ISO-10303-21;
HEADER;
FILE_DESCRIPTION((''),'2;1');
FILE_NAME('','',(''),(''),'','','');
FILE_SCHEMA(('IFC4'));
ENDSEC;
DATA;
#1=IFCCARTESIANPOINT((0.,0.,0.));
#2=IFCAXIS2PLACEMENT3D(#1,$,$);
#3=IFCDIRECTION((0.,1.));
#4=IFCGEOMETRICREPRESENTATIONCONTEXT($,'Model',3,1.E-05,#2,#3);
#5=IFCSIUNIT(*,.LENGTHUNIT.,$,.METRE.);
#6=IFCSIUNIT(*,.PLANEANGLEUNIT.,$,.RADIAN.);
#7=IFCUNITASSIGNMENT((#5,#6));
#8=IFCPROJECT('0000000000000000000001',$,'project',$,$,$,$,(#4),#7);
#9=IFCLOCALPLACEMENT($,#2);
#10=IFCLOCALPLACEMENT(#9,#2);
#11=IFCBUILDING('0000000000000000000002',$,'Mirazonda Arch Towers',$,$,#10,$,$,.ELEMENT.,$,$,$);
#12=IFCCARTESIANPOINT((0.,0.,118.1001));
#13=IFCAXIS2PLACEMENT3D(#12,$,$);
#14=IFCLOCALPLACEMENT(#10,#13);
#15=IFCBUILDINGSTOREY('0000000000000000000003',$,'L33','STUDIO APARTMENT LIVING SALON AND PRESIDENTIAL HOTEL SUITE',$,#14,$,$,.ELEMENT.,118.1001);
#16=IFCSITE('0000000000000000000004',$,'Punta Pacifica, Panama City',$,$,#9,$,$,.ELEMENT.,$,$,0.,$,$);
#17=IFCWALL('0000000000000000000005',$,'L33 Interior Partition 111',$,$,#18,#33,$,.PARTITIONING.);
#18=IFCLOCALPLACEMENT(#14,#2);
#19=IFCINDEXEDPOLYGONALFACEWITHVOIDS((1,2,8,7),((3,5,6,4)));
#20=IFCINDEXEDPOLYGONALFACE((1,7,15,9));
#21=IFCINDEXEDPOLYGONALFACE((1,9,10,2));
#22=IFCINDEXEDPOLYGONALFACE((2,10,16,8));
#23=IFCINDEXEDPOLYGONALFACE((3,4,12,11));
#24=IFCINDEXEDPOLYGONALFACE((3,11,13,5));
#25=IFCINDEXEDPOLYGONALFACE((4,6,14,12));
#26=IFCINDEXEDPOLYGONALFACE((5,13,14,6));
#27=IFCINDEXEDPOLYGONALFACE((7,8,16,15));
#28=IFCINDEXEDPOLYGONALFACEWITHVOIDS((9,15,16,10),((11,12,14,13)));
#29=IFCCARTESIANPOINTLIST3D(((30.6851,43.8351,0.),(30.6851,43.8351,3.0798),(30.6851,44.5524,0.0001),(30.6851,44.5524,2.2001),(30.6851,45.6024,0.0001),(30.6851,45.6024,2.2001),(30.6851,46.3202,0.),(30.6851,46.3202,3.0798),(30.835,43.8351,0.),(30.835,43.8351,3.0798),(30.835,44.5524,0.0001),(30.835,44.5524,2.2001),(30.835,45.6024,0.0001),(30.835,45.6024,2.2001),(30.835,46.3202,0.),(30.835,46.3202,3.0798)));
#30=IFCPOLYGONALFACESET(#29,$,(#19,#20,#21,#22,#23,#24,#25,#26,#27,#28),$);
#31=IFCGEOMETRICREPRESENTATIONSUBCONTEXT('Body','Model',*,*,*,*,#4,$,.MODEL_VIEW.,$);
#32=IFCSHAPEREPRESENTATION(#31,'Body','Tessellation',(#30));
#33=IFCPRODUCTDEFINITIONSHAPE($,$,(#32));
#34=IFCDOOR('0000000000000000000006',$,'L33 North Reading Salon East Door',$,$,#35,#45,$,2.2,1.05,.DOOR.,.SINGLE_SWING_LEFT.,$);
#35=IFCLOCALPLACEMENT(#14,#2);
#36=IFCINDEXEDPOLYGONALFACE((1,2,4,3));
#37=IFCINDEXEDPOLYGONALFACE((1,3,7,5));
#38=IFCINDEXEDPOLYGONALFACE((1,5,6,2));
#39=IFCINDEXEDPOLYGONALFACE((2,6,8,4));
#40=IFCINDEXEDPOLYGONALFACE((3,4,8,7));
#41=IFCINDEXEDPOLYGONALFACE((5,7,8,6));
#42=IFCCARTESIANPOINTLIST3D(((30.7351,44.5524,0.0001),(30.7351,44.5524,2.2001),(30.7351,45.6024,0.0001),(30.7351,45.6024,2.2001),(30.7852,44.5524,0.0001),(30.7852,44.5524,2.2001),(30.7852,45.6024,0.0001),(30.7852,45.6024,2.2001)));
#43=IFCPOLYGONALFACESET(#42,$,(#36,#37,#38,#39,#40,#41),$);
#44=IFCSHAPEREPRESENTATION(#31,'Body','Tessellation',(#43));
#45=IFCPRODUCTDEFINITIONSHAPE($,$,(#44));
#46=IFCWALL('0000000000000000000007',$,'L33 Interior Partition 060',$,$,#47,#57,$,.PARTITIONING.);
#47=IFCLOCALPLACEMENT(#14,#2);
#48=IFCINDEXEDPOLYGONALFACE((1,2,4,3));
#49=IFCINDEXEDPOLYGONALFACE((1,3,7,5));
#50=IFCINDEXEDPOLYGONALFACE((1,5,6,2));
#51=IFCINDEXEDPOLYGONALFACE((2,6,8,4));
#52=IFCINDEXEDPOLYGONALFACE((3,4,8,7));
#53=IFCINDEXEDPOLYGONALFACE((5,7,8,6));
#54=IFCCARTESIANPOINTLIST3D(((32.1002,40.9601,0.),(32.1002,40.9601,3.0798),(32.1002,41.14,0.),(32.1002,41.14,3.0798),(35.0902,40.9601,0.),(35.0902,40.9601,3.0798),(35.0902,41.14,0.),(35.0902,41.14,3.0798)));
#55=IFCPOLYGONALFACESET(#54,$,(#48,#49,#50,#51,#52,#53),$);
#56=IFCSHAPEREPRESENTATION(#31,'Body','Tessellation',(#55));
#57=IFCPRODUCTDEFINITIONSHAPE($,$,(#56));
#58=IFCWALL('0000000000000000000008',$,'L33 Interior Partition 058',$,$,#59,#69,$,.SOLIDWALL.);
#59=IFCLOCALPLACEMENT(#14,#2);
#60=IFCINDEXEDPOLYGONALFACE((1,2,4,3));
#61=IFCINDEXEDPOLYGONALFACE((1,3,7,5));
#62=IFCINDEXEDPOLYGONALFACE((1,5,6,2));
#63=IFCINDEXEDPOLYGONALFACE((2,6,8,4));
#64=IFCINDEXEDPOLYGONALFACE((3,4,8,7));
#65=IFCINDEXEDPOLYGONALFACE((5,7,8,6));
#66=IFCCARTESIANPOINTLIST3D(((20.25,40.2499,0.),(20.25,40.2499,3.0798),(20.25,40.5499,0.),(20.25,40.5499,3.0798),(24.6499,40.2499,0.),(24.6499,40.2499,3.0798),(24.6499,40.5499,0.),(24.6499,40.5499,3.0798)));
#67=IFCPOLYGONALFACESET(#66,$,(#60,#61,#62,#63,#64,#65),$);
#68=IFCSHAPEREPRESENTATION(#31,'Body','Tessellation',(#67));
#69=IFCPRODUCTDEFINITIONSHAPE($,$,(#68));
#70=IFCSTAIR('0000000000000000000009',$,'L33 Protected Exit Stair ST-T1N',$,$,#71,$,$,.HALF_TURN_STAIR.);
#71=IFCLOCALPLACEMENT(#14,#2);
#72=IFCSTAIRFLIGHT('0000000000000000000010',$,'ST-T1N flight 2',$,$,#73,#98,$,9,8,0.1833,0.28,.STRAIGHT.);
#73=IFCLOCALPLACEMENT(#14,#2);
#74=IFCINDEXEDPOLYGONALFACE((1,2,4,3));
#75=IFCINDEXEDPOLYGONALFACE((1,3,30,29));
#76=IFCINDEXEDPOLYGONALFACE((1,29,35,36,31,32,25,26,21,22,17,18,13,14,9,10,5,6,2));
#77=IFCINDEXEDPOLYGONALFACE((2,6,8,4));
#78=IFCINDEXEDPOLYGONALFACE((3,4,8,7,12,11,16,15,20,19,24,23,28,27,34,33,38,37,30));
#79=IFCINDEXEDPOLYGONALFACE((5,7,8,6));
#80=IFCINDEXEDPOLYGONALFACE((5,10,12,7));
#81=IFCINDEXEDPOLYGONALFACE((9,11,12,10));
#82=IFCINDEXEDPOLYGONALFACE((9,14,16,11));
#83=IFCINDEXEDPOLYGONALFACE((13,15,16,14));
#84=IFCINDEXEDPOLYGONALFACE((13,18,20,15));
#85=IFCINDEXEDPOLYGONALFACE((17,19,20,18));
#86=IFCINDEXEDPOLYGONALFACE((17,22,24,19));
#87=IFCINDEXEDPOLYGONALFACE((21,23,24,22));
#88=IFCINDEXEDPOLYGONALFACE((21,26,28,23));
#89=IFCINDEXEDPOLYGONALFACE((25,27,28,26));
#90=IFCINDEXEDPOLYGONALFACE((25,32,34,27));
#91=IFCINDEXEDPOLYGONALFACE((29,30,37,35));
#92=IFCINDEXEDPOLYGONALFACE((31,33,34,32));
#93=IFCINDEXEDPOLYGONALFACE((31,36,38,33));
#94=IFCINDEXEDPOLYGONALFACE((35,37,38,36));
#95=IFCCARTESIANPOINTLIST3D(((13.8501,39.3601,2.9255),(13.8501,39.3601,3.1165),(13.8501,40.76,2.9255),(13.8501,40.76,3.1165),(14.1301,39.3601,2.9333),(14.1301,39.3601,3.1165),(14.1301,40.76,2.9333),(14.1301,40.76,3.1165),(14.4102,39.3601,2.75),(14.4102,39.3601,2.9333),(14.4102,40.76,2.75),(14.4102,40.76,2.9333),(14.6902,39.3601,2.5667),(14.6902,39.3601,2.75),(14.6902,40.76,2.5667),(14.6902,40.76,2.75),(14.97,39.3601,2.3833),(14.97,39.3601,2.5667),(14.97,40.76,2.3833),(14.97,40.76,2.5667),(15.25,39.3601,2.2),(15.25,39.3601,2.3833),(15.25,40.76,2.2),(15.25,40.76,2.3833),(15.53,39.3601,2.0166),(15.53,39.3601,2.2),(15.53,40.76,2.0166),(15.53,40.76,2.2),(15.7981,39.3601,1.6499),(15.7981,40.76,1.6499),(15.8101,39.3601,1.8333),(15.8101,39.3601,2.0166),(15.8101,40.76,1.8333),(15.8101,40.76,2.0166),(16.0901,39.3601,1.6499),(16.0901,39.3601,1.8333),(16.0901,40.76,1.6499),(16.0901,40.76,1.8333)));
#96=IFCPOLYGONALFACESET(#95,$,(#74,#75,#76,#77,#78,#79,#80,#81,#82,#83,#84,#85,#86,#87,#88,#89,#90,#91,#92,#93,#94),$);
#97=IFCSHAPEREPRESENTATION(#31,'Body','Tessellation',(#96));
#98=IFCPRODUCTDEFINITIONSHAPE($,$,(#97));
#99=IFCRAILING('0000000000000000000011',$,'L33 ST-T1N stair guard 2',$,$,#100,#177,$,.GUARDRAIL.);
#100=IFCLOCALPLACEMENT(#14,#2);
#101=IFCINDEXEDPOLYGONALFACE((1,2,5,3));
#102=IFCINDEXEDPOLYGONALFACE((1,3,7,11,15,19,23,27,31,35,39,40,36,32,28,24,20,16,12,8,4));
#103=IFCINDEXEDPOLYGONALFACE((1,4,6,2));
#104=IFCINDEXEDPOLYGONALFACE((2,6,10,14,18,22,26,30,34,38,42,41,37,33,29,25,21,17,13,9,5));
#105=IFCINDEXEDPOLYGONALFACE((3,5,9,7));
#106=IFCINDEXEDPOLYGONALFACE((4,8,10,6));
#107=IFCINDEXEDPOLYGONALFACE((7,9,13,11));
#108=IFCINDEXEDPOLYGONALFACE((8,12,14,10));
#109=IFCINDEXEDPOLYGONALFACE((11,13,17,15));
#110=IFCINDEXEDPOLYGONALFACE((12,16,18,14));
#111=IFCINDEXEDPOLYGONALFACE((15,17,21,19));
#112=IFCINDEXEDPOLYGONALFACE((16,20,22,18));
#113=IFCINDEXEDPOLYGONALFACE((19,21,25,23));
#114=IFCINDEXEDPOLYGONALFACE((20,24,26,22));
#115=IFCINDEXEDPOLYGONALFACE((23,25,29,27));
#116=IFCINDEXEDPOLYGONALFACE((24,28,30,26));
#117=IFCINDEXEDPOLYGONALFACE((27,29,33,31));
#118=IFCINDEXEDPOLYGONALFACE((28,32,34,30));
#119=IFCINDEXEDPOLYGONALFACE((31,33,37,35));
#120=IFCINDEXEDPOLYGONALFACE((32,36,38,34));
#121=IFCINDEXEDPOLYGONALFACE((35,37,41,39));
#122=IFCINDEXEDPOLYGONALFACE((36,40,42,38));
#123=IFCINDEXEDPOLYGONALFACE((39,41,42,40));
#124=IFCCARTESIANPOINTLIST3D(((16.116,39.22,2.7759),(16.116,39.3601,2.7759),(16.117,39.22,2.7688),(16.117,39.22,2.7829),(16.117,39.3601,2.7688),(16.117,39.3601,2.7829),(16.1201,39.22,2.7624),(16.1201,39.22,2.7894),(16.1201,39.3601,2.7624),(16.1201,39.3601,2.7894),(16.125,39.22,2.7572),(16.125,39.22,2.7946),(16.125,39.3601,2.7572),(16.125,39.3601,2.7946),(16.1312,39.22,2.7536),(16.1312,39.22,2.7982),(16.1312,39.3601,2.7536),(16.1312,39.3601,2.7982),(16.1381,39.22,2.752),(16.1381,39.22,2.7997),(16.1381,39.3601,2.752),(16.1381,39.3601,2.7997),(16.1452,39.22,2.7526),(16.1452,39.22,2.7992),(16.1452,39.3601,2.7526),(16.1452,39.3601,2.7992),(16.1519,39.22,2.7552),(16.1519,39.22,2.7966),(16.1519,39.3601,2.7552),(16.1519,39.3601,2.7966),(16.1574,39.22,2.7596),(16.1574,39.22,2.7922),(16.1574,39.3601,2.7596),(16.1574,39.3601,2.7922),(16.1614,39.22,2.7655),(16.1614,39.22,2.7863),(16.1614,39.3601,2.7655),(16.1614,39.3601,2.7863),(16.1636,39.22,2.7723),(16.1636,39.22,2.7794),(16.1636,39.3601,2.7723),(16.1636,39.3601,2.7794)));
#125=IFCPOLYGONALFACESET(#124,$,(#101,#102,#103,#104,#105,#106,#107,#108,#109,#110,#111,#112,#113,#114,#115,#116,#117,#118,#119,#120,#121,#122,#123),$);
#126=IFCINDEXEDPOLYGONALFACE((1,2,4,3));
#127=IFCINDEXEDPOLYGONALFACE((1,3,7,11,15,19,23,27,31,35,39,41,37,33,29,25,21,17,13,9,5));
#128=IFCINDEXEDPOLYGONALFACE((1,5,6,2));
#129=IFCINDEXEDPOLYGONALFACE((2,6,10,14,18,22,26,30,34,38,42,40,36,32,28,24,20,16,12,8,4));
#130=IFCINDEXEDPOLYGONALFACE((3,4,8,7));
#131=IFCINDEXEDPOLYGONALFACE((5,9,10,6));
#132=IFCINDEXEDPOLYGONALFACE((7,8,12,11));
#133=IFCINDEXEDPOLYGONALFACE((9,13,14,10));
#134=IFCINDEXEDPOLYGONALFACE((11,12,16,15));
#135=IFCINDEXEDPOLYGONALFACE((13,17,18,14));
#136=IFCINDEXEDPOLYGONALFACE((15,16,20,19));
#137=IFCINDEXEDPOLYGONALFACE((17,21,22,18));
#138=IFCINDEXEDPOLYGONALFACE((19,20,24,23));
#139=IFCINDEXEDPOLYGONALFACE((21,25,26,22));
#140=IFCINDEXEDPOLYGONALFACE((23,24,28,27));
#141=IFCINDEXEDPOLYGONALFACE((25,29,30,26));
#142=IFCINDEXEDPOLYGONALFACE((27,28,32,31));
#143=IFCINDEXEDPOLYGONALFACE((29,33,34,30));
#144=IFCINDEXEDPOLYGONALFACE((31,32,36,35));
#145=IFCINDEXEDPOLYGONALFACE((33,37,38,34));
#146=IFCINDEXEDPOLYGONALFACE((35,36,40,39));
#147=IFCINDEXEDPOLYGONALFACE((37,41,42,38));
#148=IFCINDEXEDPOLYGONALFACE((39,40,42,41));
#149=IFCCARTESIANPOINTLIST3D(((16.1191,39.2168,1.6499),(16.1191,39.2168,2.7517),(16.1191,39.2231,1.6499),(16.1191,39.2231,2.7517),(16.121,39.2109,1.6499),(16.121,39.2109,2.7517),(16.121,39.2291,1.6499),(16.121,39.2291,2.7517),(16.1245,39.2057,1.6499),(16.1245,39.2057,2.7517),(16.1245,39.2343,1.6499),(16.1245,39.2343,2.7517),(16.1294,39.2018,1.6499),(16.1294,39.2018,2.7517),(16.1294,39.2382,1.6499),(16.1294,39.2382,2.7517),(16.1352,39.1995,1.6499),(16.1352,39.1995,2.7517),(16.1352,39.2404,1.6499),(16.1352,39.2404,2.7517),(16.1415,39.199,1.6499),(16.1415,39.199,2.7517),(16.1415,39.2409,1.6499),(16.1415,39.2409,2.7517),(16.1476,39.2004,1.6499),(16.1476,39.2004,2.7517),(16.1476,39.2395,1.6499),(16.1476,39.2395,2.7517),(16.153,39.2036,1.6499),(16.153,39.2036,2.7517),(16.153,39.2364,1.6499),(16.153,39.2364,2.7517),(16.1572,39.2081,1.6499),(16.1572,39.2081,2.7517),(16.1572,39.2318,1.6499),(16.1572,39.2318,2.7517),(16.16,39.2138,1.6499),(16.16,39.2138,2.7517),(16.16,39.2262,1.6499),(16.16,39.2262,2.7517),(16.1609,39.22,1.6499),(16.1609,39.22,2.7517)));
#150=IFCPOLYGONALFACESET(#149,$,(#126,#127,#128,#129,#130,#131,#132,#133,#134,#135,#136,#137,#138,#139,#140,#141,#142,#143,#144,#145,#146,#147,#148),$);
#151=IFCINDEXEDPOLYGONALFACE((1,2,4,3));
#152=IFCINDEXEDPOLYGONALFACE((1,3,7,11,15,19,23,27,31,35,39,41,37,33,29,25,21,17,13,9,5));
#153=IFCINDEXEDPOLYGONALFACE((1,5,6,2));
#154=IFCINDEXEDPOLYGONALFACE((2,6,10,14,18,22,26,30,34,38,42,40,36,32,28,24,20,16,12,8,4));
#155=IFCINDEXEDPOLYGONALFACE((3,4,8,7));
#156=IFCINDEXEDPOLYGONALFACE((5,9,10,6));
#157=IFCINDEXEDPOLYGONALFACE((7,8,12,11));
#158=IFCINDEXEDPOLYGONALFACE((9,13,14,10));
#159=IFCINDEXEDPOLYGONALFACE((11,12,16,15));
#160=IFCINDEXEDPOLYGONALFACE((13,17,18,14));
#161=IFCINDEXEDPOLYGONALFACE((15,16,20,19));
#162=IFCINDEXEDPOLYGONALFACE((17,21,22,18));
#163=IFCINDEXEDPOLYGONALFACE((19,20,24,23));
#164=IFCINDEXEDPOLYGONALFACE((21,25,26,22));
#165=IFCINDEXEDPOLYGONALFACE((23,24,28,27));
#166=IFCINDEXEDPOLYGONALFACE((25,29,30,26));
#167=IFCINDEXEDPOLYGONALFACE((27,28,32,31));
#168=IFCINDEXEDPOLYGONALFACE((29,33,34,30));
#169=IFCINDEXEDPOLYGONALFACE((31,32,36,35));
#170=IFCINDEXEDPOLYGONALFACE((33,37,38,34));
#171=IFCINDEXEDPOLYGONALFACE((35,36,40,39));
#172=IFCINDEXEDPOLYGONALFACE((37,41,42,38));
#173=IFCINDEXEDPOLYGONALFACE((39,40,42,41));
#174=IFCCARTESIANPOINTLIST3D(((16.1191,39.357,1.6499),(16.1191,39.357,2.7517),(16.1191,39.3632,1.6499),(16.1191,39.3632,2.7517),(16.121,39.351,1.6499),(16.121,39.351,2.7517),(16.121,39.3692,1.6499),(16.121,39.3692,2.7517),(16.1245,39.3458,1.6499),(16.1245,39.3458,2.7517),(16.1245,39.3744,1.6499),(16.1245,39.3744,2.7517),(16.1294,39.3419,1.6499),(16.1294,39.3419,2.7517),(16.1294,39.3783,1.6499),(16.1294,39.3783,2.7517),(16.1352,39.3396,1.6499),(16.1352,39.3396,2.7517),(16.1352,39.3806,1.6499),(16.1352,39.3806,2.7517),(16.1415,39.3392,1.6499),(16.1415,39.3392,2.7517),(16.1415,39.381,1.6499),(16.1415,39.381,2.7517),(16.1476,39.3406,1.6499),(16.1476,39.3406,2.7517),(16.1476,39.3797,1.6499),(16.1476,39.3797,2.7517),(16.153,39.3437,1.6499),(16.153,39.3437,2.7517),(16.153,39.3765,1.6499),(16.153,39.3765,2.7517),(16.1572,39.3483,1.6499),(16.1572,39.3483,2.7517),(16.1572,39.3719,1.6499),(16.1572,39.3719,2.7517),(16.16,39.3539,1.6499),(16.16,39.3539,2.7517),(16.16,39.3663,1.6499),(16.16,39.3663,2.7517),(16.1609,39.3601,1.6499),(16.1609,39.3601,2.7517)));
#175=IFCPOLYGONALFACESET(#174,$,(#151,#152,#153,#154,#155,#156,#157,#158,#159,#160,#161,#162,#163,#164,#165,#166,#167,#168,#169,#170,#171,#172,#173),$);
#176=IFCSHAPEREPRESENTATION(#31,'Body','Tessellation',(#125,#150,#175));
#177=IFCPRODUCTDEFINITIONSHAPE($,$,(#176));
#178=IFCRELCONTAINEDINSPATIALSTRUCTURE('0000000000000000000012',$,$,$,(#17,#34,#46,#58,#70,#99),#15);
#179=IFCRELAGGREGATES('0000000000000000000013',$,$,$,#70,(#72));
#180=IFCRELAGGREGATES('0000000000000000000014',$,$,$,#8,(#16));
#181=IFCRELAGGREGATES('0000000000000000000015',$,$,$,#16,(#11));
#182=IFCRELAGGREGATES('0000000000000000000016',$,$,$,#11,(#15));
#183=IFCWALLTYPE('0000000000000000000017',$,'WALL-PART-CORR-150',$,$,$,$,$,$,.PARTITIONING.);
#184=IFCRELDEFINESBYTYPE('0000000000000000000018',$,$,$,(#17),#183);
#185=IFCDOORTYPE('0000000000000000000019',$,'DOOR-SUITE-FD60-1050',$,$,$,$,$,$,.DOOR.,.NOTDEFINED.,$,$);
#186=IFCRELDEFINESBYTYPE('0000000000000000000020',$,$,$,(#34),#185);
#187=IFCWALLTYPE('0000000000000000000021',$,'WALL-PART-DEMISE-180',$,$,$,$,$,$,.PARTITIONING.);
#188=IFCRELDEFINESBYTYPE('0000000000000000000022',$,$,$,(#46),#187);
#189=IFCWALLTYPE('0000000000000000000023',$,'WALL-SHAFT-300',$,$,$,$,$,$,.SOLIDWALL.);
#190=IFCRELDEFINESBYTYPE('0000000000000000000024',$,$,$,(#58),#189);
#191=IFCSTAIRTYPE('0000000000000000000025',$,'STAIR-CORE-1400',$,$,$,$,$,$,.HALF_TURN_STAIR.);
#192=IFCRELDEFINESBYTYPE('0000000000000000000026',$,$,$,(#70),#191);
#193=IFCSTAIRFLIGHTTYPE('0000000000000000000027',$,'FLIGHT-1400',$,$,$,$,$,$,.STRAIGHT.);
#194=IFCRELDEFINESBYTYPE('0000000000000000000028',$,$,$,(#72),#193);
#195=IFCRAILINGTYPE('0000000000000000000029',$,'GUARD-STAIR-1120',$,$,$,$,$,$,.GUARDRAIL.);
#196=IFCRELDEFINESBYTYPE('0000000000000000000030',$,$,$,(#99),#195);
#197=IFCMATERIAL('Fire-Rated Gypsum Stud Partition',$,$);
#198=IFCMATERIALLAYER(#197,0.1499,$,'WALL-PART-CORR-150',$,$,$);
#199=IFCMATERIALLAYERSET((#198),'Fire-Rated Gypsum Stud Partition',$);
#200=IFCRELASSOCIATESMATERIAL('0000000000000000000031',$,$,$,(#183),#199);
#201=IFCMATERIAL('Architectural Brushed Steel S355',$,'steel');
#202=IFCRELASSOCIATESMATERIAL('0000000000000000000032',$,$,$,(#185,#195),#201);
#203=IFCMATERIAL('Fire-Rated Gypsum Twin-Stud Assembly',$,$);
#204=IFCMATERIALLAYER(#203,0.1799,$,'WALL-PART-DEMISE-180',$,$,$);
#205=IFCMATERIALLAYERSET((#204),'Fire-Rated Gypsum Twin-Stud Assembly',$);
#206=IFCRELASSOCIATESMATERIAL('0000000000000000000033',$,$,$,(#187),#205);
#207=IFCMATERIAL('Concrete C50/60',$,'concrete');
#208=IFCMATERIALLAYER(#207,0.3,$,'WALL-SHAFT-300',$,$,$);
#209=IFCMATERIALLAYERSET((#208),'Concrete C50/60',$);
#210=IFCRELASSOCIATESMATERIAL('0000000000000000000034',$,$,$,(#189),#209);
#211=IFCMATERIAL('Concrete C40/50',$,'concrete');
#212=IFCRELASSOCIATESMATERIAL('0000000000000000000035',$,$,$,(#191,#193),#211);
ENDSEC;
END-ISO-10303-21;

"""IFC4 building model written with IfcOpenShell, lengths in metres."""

from ifc_helpers import new_model, si_unit, direction, frame, frame_2d, origin, origin_2d, place, context, subcontext, project, spatial, polyline, rectangle, circle, outline, extrude, material, layer, layer_set, type_object, element, fill, aggregate, save


model = new_model("IFC4")

# Units and contexts
model_context = context("Model", 3, precision=1e-05, world=origin(), true_north=direction((0.0, 1.0)))
body_context = subcontext(model_context, "Body", "Model", "MODEL_VIEW")
ifc_project = project(units=[si_unit("LENGTHUNIT", "METRE"), si_unit("PLANEANGLEUNIT", "RADIAN")], contexts=[model_context])

# Site, building, storey
site_placement = place(None, origin())
site = spatial("IfcSite", under=ifc_project, at=site_placement, Name="Punta Pacifica, Panama City", CompositionType="ELEMENT", RefElevation=0.0)
building_placement = place(site_placement, origin())
building = spatial("IfcBuilding", under=site, at=building_placement, Name="Mirazonda Arch Towers", CompositionType="ELEMENT")
storey_placement = place(building_placement, frame((0.0, 0.0, 118.1001)))
storey = spatial("IfcBuildingStorey", under=building, at=storey_placement, Name="L33", Description="STUDIO APARTMENT LIVING SALON AND PRESIDENTIAL HOTEL SUITE", CompositionType="ELEMENT", Elevation=118.1001)

# Shared definitions
ifc_material_1 = material(Name="Concrete C50/60", Category="concrete")

# Shared definitions
ifc_material_2 = material(Name="Concrete C40/50", Category="concrete")
ifc_material_3 = material(Name="Fire-Rated Gypsum Stud Partition")
ifc_layer_1 = layer(ifc_material_3, 0.1499, Name="WALL-PART-CORR-150")
ifc_layer_set_1 = layer_set([ifc_layer_1], Name="Fire-Rated Gypsum Stud Partition")
wall_type_1 = type_object("IfcWallType", Name="WALL-PART-CORR-150", PredefinedType="PARTITIONING", material=ifc_layer_set_1)

# Wall, opening, door
wall_1_placement = place(storey_placement, frame((30.76, 43.835, 0.0), z_axis=(0.0, 0.0, 1.0), x_axis=(0.0, 1.0, 0.0)))
wall_1 = element("IfcWall", 1, at=wall_1_placement, inside=storey, type_object=wall_type_1, Name="L33 Interior Partition 111", PredefinedType="PARTITIONING", context=body_context, shape_type="SweptSolid", body=[
    extrude(rectangle(XDim=2.4851, YDim=0.1499, at=frame_2d((1.2427, 0.0))), origin(), (0.0, 0.0, 1.0), 3.0798),
])
opening_1_placement = place(wall_1_placement, frame((0.7175, 0.0, 0.0)))
opening_1 = element("IfcOpeningElement", 2, at=opening_1_placement, cuts=wall_1, PredefinedType="OPENING", context=body_context, shape_type="SweptSolid", body=[
    extrude(rectangle(XDim=1.05, YDim=2.2, at=frame_2d((0.5249, 1.1001))), frame((0.0, 0.085, 0.0), z_axis=(0.0, -1.0, 0.0), x_axis=(1.0, 0.0, 0.0)), (0.0, 0.0, 1.0), 0.1699),
])
ifc_material_4 = material(Name="Architectural Brushed Steel S355", Category="steel")
door_type_1 = type_object("IfcDoorType", Name="DOOR-SUITE-FD60-1050", OperationType="NOTDEFINED", PredefinedType="DOOR", material=ifc_material_4)
door_1_placement = place(opening_1_placement, origin())
door_1 = element("IfcDoor", 3, at=door_1_placement, inside=storey, type_object=door_type_1, Name="L33 North Reading Salon East Door", OperationType="SINGLE_SWING_LEFT", OverallHeight=2.2, OverallWidth=1.05, PredefinedType="DOOR", context=body_context, shape_type="SweptSolid", body=[
    extrude(rectangle(XDim=1.05, YDim=2.2, at=frame_2d((0.5249, 1.1001))), frame((0.0, 0.0249, 0.0), z_axis=(0.0, -1.0, 0.0), x_axis=(1.0, 0.0, 0.0)), (0.0, 0.0, 1.0), 0.05),
])
fill(opening_1, door_1)

# Wall
ifc_material_5 = material(Name="Fire-Rated Gypsum Twin-Stud Assembly")
ifc_layer_2 = layer(ifc_material_5, 0.1799, Name="WALL-PART-DEMISE-180")
ifc_layer_set_2 = layer_set([ifc_layer_2], Name="Fire-Rated Gypsum Twin-Stud Assembly")
wall_type_2 = type_object("IfcWallType", Name="WALL-PART-DEMISE-180", PredefinedType="PARTITIONING", material=ifc_layer_set_2)
wall_2_placement = place(storey_placement, frame((32.1001, 41.05, 0.0), z_axis=(0.0, 0.0, 1.0), x_axis=(1.0, 0.0, 0.0)))
element("IfcWall", 4, at=wall_2_placement, inside=storey, type_object=wall_type_2, Name="L33 Interior Partition 060", PredefinedType="PARTITIONING", context=body_context, shape_type="SweptSolid", body=[
    extrude(rectangle(XDim=2.99, YDim=0.1799, at=frame_2d((1.4951, 0.0))), origin(), (0.0, 0.0, 1.0), 3.0798),
])

# Wall
ifc_layer_3 = layer(ifc_material_1, 0.3, Name="WALL-SHAFT-300")
ifc_layer_set_3 = layer_set([ifc_layer_3], Name="Concrete C50/60")
wall_type_3 = type_object("IfcWallType", Name="WALL-SHAFT-300", PredefinedType="SOLIDWALL", material=ifc_layer_set_3)
wall_3_placement = place(storey_placement, frame((20.25, 40.3999, 0.0), z_axis=(0.0, 0.0, 1.0), x_axis=(1.0, 0.0, 0.0)))
element("IfcWall", 5, at=wall_3_placement, inside=storey, type_object=wall_type_3, Name="L33 Interior Partition 058", PredefinedType="SOLIDWALL", context=body_context, shape_type="SweptSolid", body=[
    extrude(rectangle(XDim=4.3999, YDim=0.3, at=frame_2d((2.2, 0.0))), origin(), (0.0, 0.0, 1.0), 3.0798),
])

# Stair, stair flight
stair_type = type_object("IfcStairType", Name="STAIR-CORE-1400", PredefinedType="HALF_TURN_STAIR", material=ifc_material_2)
stair_placement = place(storey_placement, origin())
stair = element("IfcStair", 6, at=stair_placement, inside=storey, type_object=stair_type, Name="L33 Protected Exit Stair ST-T1N", PredefinedType="HALF_TURN_STAIR")
stair_flight_type = type_object("IfcStairFlightType", Name="FLIGHT-1400", PredefinedType="STRAIGHT", material=ifc_material_2)
stair_flight_placement = place(storey_placement, frame((16.0901, 40.0601, 1.6499), z_axis=(0.0, 0.0, 1.0), x_axis=(-1.0, 0.0, 0.0)))
stair_flight = element("IfcStairFlight", 7, at=stair_flight_placement, type_object=stair_flight_type, Name="ST-T1N flight 2", NumberOfRisers=9, NumberOfTreads=8, PredefinedType="STRAIGHT", RiserHeight=0.1833, TreadLength=0.28, context=body_context, shape_type="SweptSolid", body=[
    extrude(outline(polyline([(0.0, 0.0), (0.0, 0.1833), (0.28, 0.1833), (0.28, 0.3667), (0.5601, 0.3667), (0.5601, 0.55), (0.8401, 0.55), (0.8401, 0.7334), (1.1201, 0.7334), (1.1201, 0.9167), (1.3999, 0.9167), (1.3999, 1.1001), (1.6799, 1.1001), (1.6799, 1.2834), (1.96, 1.2834), (1.96, 1.4666), (2.24, 1.4666), (2.24, 1.6499), (2.24, 1.2756), (0.292, 0.0), (0.0, 0.0)])), frame((0.0, 0.7, 0.0), z_axis=(0.0, -1.0, 0.0), x_axis=(1.0, 0.0, 0.0)), (0.0, 0.0, 1.0), 1.3999),
])
aggregate(stair, [stair_flight])

# Railing
railing_type_1 = type_object("IfcRailingType", Name="GUARD-STAIR-1120", PredefinedType="GUARDRAIL", material=ifc_material_4)
railing_1_placement = place(storey_placement, frame((16.1399, 39.22, 1.6499)))
element("IfcRailing", 8, at=railing_1_placement, inside=storey, type_object=railing_type_1, Name="L33 ST-T1N stair guard 2", PredefinedType="GUARDRAIL", context=body_context, shape_type="SweptSolid", body=[
    extrude(circle(Radius=0.0239, at=origin_2d()), frame((0.0, 0.0, 1.126), z_axis=(0.0, 1.0, 0.0), x_axis=(-1.0, 0.0, 0.0)), (0.0, 0.0, 1.0), 0.1401),
    extrude(circle(Radius=0.021, at=origin_2d()), origin(), (0.0, 0.0, 1.0), 1.1018),
    extrude(circle(Radius=0.021, at=origin_2d()), frame((0.0, 0.1401, 0.0)), (0.0, 0.0, 1.0), 1.1018),
])

save(model, "model.ifc")
